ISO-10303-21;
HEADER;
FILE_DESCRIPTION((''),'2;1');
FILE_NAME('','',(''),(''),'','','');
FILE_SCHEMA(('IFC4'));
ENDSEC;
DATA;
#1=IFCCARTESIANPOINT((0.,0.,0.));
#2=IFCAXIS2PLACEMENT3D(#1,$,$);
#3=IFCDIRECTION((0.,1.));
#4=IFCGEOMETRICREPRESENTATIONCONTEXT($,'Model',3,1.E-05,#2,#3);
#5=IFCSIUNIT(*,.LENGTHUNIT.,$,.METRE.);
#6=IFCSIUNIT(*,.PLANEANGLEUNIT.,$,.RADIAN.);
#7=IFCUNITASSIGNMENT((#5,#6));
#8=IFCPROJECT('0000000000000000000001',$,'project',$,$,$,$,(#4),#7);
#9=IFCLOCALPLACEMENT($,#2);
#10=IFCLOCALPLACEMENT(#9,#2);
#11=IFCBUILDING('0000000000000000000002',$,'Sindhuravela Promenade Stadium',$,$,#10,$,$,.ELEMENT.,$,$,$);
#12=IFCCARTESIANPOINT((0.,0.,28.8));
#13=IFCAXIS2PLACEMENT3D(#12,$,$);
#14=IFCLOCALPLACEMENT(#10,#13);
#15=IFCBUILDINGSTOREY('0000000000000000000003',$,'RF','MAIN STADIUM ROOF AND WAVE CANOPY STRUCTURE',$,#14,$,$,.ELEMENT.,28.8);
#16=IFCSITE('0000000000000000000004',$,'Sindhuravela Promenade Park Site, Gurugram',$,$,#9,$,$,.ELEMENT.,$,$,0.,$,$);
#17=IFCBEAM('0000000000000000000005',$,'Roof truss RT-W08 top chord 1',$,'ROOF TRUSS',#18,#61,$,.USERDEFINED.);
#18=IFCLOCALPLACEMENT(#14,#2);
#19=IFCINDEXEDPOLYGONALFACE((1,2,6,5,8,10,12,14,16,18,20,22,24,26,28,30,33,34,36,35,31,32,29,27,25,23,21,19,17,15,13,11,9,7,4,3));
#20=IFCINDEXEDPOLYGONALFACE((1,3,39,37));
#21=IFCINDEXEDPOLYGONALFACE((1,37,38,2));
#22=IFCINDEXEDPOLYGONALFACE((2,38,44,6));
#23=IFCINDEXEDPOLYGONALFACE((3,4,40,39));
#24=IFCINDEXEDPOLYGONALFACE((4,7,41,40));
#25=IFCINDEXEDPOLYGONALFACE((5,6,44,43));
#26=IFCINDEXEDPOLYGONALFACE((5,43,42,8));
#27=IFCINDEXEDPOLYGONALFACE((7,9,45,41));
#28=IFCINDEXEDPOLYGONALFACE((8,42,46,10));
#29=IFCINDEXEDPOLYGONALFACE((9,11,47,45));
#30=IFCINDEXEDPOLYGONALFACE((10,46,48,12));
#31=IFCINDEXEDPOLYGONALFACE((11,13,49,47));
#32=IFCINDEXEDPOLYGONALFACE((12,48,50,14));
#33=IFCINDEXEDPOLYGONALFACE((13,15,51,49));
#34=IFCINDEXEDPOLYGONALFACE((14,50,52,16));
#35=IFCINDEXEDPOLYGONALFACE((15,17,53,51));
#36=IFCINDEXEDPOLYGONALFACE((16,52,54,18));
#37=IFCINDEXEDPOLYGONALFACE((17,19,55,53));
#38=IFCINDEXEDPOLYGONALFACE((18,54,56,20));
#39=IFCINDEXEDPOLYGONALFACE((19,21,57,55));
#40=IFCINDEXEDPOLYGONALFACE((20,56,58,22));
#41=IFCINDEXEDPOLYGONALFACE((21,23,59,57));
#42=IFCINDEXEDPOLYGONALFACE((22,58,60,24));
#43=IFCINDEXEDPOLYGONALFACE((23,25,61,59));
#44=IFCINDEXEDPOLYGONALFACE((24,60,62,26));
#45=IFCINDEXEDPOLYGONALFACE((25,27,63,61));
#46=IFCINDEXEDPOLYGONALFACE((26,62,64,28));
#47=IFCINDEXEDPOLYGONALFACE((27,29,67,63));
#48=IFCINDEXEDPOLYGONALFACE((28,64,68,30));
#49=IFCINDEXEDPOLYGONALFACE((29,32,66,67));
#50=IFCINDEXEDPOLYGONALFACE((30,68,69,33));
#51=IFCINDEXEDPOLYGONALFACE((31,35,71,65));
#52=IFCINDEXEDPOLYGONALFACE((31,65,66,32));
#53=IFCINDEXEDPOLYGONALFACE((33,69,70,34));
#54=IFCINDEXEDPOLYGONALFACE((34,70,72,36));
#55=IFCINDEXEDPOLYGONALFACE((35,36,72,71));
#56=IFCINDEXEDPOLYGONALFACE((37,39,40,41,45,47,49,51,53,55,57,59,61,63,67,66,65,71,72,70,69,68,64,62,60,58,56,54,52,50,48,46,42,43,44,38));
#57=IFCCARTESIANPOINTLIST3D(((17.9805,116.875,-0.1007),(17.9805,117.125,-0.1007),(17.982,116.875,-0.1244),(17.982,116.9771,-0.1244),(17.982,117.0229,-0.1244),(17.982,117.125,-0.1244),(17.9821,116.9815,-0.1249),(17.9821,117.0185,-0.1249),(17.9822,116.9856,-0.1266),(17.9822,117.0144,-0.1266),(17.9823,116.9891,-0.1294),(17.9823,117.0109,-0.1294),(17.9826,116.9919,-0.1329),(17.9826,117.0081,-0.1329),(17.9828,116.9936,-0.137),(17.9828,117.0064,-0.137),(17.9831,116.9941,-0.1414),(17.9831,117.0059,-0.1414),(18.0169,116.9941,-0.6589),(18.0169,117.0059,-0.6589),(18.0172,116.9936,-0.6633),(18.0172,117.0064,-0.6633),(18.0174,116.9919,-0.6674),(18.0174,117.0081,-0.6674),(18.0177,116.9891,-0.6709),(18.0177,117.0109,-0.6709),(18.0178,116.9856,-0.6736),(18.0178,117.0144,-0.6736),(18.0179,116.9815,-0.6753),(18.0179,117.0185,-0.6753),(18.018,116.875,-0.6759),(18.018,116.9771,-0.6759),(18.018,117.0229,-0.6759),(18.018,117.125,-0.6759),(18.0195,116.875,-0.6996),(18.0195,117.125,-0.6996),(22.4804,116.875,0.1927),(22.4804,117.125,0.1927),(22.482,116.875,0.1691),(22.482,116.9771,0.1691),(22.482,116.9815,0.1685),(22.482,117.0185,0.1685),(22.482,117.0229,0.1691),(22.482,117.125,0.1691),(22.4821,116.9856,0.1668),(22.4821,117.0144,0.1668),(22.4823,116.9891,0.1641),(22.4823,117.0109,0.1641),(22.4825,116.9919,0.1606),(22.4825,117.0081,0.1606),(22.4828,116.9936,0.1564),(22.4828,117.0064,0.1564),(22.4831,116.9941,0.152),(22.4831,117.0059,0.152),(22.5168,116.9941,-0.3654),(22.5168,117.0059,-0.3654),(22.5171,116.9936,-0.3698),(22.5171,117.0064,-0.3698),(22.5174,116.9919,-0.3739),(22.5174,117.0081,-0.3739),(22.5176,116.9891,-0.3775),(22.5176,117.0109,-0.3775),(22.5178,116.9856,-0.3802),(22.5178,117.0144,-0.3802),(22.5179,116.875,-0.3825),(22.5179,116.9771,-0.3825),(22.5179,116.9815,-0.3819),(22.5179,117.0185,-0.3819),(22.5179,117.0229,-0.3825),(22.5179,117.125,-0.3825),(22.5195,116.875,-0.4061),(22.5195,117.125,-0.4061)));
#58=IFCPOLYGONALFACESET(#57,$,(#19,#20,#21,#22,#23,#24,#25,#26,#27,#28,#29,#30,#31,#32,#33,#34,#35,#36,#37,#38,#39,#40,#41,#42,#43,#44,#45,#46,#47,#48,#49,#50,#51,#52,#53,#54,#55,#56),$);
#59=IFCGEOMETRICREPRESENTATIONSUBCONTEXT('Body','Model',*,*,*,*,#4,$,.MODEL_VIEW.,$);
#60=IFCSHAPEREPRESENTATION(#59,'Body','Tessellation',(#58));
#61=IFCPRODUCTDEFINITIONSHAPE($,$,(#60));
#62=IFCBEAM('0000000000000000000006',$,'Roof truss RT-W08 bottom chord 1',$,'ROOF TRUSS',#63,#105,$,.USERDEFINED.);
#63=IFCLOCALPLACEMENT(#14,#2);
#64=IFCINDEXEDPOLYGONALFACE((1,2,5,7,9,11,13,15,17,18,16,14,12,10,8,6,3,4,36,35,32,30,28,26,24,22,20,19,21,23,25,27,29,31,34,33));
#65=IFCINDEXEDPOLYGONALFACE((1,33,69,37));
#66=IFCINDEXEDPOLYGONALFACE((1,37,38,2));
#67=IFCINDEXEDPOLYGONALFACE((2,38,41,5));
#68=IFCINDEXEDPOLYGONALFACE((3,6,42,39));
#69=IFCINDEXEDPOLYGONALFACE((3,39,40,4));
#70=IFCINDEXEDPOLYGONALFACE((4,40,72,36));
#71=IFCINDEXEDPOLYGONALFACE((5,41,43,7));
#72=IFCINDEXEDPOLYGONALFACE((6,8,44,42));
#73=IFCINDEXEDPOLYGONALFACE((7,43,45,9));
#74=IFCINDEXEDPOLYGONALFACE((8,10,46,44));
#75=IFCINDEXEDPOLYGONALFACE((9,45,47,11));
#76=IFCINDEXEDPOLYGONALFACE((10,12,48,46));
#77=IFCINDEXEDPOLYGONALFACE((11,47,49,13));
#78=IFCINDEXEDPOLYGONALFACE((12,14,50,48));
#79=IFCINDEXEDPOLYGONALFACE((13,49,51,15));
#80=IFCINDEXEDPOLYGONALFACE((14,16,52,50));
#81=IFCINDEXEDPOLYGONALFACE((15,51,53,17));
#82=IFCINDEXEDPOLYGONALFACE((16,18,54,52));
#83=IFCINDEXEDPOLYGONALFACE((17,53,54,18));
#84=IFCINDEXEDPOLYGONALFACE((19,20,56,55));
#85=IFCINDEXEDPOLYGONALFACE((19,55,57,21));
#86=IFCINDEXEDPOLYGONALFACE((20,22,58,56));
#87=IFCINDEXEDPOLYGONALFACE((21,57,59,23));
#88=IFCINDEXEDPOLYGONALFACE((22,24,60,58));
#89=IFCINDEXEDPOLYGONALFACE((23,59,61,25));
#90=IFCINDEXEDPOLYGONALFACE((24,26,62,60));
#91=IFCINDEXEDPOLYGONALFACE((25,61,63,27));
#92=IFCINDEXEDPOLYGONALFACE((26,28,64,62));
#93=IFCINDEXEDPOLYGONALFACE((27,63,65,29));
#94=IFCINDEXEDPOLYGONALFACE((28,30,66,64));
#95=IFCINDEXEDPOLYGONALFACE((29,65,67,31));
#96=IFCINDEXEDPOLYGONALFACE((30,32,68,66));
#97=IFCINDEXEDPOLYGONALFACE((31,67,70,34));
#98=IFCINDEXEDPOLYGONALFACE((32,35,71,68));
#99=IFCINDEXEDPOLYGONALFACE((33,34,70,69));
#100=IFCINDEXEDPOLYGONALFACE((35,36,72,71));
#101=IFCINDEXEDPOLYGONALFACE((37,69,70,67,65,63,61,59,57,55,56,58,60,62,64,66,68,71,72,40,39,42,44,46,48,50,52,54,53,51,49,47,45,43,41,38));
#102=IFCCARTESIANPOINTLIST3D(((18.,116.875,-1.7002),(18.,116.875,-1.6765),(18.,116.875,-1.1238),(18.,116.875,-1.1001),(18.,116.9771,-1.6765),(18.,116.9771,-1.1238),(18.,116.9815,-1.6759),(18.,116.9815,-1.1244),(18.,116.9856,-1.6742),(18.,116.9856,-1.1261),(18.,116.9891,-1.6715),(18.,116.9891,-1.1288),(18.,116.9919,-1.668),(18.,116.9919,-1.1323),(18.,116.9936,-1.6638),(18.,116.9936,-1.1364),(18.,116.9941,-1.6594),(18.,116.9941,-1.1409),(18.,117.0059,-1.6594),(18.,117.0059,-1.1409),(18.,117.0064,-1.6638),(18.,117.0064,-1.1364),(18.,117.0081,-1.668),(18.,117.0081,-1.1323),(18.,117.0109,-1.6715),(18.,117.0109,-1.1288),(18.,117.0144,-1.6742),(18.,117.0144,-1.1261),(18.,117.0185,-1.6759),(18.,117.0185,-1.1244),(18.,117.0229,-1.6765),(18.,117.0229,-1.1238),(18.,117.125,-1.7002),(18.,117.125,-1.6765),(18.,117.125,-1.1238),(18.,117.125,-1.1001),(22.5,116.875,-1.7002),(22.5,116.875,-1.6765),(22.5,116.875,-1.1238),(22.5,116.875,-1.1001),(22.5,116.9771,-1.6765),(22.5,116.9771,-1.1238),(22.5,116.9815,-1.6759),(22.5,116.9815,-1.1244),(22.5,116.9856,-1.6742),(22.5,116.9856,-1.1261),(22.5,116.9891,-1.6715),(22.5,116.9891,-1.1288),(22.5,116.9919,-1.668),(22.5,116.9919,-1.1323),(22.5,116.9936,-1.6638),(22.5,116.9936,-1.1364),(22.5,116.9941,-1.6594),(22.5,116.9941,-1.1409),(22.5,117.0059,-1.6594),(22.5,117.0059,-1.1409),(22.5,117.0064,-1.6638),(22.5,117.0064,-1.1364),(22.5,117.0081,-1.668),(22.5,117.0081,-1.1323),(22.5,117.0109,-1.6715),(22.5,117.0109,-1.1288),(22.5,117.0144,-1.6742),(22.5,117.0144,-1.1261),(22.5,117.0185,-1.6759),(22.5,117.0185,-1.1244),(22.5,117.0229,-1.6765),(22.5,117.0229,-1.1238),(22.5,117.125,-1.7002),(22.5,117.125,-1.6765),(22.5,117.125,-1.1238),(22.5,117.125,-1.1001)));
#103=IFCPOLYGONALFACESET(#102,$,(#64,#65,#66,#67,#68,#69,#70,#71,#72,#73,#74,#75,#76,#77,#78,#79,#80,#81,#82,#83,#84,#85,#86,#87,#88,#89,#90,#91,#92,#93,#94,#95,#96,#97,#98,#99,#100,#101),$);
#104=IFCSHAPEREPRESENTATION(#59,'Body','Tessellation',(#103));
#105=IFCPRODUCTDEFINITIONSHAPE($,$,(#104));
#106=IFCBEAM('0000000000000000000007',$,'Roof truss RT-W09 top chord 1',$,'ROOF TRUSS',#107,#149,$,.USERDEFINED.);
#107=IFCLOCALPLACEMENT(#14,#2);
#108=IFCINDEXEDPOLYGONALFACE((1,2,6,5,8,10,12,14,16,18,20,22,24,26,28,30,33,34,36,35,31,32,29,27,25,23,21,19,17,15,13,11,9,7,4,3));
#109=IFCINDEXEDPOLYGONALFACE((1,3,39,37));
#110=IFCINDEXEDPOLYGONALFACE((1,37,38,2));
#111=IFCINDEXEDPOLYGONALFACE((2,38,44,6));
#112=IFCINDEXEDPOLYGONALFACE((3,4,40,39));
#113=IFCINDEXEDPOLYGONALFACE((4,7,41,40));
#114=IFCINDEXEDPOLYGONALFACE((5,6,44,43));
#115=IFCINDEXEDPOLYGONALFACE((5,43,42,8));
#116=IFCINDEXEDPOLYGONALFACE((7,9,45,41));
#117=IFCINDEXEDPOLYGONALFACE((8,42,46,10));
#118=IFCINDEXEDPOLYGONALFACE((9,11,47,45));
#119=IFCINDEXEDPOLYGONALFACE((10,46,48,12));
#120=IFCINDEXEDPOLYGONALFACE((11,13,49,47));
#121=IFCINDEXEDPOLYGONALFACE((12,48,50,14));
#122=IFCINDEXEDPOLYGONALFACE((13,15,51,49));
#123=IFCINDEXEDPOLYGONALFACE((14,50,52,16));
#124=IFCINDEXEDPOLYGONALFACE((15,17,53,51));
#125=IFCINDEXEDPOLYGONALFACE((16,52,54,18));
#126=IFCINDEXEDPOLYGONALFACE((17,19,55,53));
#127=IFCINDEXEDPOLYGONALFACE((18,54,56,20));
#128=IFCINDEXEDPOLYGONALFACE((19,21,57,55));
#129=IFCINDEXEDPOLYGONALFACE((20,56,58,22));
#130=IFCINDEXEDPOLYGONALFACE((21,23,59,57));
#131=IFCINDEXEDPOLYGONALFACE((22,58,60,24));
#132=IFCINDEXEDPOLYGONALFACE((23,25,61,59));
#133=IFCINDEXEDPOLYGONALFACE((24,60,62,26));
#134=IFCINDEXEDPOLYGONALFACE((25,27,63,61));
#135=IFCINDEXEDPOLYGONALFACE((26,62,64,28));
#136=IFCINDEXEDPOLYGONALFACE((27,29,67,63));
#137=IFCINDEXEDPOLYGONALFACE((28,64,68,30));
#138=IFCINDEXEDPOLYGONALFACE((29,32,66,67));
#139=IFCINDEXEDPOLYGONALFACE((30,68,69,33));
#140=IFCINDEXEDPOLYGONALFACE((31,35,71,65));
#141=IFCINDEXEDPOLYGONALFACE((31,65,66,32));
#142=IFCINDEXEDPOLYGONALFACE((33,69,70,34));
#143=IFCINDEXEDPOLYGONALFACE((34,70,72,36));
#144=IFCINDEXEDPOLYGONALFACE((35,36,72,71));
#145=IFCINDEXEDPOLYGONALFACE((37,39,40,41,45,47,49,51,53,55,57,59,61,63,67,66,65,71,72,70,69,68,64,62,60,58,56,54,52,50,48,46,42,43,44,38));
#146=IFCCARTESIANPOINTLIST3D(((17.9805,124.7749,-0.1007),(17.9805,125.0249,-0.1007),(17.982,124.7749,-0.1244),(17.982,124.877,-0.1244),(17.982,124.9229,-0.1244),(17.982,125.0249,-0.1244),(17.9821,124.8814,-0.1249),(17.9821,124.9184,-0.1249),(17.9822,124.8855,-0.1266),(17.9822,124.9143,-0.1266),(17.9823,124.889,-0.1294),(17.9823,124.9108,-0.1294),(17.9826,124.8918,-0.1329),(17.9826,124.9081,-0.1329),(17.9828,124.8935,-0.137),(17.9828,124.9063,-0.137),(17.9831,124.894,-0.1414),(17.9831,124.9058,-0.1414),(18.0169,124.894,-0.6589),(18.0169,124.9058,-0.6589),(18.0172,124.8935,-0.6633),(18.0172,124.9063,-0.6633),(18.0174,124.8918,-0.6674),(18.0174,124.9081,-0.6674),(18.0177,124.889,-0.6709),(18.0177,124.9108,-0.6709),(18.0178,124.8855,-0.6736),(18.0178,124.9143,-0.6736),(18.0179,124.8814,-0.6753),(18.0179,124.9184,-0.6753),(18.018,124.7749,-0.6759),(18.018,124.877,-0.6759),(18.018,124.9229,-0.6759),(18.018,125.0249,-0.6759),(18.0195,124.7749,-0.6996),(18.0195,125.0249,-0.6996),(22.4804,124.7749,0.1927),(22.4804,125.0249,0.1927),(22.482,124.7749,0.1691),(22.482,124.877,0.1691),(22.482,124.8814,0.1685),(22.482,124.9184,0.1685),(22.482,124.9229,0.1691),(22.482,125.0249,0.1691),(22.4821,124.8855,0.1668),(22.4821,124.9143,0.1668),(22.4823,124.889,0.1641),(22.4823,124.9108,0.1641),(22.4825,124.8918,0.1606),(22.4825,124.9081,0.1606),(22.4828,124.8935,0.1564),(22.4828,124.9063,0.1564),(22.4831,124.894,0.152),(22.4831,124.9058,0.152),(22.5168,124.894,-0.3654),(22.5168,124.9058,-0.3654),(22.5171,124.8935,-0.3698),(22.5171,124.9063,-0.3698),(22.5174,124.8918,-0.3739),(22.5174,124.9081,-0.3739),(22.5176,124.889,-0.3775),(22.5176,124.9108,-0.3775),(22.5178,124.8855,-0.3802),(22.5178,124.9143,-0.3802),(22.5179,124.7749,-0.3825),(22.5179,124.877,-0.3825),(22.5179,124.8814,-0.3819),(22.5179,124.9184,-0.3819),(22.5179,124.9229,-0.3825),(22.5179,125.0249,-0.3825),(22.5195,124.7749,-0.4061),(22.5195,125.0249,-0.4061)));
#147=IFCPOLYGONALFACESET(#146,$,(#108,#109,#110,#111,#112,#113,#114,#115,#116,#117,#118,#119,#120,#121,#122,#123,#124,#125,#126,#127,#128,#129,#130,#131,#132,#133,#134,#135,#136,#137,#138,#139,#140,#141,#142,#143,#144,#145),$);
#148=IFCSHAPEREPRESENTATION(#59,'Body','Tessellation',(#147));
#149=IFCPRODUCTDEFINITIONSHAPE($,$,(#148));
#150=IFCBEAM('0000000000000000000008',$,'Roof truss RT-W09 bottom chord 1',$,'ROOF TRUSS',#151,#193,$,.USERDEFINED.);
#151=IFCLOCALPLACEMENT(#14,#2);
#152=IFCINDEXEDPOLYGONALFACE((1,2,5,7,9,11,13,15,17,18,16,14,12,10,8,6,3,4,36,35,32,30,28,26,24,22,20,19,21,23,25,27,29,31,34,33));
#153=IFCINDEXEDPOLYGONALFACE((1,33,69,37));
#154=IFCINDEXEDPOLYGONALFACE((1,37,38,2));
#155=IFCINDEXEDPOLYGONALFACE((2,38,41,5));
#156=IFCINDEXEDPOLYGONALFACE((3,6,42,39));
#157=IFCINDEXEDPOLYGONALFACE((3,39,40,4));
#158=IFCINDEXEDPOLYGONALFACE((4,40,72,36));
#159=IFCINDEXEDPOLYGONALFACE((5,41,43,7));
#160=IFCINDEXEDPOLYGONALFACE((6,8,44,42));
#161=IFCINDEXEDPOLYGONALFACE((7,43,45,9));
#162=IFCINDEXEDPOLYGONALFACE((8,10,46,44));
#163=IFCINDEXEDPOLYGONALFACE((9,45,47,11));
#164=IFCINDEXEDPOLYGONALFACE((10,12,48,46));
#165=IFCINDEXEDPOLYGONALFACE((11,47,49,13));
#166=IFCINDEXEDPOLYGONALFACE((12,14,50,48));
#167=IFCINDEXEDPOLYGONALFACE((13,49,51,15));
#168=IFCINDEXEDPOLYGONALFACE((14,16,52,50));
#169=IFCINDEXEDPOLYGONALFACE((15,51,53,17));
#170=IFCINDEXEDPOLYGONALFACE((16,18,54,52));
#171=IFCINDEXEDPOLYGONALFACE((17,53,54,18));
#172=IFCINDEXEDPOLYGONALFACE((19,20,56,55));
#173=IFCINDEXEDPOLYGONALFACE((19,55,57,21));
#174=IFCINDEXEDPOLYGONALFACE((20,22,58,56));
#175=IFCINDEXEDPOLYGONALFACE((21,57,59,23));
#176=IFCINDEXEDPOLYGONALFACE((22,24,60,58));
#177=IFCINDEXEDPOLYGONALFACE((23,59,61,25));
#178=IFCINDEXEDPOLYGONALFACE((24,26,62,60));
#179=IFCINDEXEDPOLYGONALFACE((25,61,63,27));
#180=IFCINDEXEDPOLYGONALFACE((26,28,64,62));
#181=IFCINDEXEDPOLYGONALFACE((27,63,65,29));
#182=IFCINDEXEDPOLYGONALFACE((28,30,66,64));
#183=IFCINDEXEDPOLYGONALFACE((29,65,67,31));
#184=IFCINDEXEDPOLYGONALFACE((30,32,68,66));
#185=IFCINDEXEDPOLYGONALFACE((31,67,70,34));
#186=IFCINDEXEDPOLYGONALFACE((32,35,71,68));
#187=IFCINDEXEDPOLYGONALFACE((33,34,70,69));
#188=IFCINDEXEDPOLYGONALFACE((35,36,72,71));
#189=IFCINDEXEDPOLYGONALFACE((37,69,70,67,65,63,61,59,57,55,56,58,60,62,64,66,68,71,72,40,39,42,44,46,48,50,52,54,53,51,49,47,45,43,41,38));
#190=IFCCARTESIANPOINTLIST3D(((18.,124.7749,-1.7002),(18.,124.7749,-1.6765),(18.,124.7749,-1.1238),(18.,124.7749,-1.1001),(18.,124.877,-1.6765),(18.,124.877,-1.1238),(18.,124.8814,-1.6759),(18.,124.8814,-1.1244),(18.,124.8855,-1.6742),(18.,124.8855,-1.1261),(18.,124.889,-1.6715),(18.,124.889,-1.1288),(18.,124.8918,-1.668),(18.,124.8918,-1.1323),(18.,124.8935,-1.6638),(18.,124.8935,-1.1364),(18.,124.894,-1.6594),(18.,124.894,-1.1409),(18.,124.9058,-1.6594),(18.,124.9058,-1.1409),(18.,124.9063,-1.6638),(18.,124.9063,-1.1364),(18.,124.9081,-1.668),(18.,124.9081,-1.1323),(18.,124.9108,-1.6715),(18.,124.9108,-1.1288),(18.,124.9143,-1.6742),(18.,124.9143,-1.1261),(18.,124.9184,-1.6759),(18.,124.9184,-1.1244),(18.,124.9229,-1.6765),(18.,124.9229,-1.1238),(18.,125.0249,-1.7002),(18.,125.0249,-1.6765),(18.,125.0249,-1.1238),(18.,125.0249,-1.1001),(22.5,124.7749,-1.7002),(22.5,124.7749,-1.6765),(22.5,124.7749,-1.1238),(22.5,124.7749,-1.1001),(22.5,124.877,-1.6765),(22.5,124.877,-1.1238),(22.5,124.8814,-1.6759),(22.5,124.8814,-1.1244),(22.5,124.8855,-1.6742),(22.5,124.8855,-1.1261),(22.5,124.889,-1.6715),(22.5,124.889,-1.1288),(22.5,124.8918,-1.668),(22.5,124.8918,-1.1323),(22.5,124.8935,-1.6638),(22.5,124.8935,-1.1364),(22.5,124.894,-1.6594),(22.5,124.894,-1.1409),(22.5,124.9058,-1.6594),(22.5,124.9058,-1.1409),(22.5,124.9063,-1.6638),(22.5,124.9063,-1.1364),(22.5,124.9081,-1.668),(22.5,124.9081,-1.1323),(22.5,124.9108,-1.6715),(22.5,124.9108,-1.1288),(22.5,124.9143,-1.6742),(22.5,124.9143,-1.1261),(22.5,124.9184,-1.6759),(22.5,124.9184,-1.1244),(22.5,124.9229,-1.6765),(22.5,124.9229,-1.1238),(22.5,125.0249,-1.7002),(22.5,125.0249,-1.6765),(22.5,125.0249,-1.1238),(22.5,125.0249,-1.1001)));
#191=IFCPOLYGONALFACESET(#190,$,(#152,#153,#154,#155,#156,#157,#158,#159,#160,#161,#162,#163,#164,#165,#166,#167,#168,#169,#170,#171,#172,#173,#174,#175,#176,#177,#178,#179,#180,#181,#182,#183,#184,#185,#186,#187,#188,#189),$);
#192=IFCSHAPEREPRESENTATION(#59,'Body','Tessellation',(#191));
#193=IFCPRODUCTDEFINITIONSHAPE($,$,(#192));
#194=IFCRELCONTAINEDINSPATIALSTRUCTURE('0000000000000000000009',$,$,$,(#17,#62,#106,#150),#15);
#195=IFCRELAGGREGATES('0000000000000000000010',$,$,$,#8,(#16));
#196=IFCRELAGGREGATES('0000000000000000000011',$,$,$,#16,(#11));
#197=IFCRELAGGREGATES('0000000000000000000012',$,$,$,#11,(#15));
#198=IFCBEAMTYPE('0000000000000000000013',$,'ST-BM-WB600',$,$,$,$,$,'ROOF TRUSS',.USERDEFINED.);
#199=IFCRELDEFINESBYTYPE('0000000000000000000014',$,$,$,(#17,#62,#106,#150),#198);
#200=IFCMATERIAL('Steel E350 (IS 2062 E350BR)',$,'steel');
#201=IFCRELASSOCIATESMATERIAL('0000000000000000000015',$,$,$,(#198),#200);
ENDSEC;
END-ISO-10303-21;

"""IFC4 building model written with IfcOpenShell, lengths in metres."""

from ifc_helpers import new_model, si_unit, direction, frame, origin, origin_2d, place, context, subcontext, project, spatial, i_section, extrude, material, material_profile, profile_set, type_object, element, save


model = new_model("IFC4")

# Units and contexts
model_context = context("Model", 3, precision=1e-05, world=origin(), true_north=direction((0.0, 1.0)))
body_context = subcontext(model_context, "Body", "Model", "MODEL_VIEW")
ifc_project = project(units=[si_unit("LENGTHUNIT", "METRE"), si_unit("PLANEANGLEUNIT", "RADIAN")], contexts=[model_context])

# Site, building, storey
site_placement = place(None, origin())
site = spatial("IfcSite", under=ifc_project, at=site_placement, Name="Sindhuravela Promenade Park Site, Gurugram", CompositionType="ELEMENT", RefElevation=0.0)
building_placement = place(site_placement, origin())
building = spatial("IfcBuilding", under=site, at=building_placement, Name="Sindhuravela Promenade Stadium", CompositionType="ELEMENT")
storey_placement = place(building_placement, frame((0.0, 0.0, 28.8)))
storey = spatial("IfcBuildingStorey", under=building, at=storey_placement, Name="RF", Description="MAIN STADIUM ROOF AND WAVE CANOPY STRUCTURE", CompositionType="ELEMENT", Elevation=28.8)

# Beams
ifc_material_1 = material(Name="Steel E350 (IS 2062 E350BR)", Category="steel")
ifc_material_profile_1 = material_profile(ifc_material_1, i_section(OverallWidth=0.25, OverallDepth=0.6001, WebThickness=0.0117, FlangeThickness=0.0237, FilletRadius=0.0171, at=origin_2d()), Name="ISWB 600")
ifc_profile_set_1 = profile_set([ifc_material_profile_1], Name="Steel E350 (IS 2062 E350BR)")
beam_type_1 = type_object("IfcBeamType", Name="ST-BM-WB600", ElementType="ROOF TRUSS", PredefinedType="USERDEFINED", material=ifc_profile_set_1)
beam_1_placement = place(storey_placement, frame((18.0, 117.0, -0.4001), z_axis=(0.99788, 0.0, 0.065074), x_axis=(0.0, 1.0, 0.0)))
element("IfcBeam", 1, at=beam_1_placement, inside=storey, type_object=beam_type_1, Name="Roof truss RT-W08 top chord 1", ObjectType="ROOF TRUSS", PredefinedType="USERDEFINED", context=body_context, shape_type="SweptSolid", body=[
    extrude(i_section(OverallWidth=0.25, OverallDepth=0.6001, WebThickness=0.0117, FlangeThickness=0.0237, FilletRadius=0.0171, at=origin_2d()), origin(), (0.0, 0.0, 1.0), 4.5095),
])
beam_2_placement = place(storey_placement, frame((18.0, 117.0, -1.4001), z_axis=(1.0, 0.0, 0.0), x_axis=(0.0, 1.0, 0.0)))
element("IfcBeam", 2, at=beam_2_placement, inside=storey, type_object=beam_type_1, Name="Roof truss RT-W08 bottom chord 1", ObjectType="ROOF TRUSS", PredefinedType="USERDEFINED", context=body_context, shape_type="SweptSolid", body=[
    extrude(i_section(OverallWidth=0.25, OverallDepth=0.6001, WebThickness=0.0117, FlangeThickness=0.0237, FilletRadius=0.0171, at=origin_2d()), origin(), (0.0, 0.0, 1.0), 4.5),
])
beam_3_placement = place(storey_placement, frame((18.0, 124.8999, -0.4001), z_axis=(0.99788, 0.0, 0.065074), x_axis=(0.0, 1.0, 0.0)))
element("IfcBeam", 3, at=beam_3_placement, inside=storey, type_object=beam_type_1, Name="Roof truss RT-W09 top chord 1", ObjectType="ROOF TRUSS", PredefinedType="USERDEFINED", context=body_context, shape_type="SweptSolid", body=[
    extrude(i_section(OverallWidth=0.25, OverallDepth=0.6001, WebThickness=0.0117, FlangeThickness=0.0237, FilletRadius=0.0171, at=origin_2d()), origin(), (0.0, 0.0, 1.0), 4.5095),
])
beam_4_placement = place(storey_placement, frame((18.0, 124.8999, -1.4001), z_axis=(1.0, 0.0, 0.0), x_axis=(0.0, 1.0, 0.0)))
element("IfcBeam", 4, at=beam_4_placement, inside=storey, type_object=beam_type_1, Name="Roof truss RT-W09 bottom chord 1", ObjectType="ROOF TRUSS", PredefinedType="USERDEFINED", context=body_context, shape_type="SweptSolid", body=[
    extrude(i_section(OverallWidth=0.25, OverallDepth=0.6001, WebThickness=0.0117, FlangeThickness=0.0237, FilletRadius=0.0171, at=origin_2d()), origin(), (0.0, 0.0, 1.0), 4.5),
])

save(model, "model.ifc")
